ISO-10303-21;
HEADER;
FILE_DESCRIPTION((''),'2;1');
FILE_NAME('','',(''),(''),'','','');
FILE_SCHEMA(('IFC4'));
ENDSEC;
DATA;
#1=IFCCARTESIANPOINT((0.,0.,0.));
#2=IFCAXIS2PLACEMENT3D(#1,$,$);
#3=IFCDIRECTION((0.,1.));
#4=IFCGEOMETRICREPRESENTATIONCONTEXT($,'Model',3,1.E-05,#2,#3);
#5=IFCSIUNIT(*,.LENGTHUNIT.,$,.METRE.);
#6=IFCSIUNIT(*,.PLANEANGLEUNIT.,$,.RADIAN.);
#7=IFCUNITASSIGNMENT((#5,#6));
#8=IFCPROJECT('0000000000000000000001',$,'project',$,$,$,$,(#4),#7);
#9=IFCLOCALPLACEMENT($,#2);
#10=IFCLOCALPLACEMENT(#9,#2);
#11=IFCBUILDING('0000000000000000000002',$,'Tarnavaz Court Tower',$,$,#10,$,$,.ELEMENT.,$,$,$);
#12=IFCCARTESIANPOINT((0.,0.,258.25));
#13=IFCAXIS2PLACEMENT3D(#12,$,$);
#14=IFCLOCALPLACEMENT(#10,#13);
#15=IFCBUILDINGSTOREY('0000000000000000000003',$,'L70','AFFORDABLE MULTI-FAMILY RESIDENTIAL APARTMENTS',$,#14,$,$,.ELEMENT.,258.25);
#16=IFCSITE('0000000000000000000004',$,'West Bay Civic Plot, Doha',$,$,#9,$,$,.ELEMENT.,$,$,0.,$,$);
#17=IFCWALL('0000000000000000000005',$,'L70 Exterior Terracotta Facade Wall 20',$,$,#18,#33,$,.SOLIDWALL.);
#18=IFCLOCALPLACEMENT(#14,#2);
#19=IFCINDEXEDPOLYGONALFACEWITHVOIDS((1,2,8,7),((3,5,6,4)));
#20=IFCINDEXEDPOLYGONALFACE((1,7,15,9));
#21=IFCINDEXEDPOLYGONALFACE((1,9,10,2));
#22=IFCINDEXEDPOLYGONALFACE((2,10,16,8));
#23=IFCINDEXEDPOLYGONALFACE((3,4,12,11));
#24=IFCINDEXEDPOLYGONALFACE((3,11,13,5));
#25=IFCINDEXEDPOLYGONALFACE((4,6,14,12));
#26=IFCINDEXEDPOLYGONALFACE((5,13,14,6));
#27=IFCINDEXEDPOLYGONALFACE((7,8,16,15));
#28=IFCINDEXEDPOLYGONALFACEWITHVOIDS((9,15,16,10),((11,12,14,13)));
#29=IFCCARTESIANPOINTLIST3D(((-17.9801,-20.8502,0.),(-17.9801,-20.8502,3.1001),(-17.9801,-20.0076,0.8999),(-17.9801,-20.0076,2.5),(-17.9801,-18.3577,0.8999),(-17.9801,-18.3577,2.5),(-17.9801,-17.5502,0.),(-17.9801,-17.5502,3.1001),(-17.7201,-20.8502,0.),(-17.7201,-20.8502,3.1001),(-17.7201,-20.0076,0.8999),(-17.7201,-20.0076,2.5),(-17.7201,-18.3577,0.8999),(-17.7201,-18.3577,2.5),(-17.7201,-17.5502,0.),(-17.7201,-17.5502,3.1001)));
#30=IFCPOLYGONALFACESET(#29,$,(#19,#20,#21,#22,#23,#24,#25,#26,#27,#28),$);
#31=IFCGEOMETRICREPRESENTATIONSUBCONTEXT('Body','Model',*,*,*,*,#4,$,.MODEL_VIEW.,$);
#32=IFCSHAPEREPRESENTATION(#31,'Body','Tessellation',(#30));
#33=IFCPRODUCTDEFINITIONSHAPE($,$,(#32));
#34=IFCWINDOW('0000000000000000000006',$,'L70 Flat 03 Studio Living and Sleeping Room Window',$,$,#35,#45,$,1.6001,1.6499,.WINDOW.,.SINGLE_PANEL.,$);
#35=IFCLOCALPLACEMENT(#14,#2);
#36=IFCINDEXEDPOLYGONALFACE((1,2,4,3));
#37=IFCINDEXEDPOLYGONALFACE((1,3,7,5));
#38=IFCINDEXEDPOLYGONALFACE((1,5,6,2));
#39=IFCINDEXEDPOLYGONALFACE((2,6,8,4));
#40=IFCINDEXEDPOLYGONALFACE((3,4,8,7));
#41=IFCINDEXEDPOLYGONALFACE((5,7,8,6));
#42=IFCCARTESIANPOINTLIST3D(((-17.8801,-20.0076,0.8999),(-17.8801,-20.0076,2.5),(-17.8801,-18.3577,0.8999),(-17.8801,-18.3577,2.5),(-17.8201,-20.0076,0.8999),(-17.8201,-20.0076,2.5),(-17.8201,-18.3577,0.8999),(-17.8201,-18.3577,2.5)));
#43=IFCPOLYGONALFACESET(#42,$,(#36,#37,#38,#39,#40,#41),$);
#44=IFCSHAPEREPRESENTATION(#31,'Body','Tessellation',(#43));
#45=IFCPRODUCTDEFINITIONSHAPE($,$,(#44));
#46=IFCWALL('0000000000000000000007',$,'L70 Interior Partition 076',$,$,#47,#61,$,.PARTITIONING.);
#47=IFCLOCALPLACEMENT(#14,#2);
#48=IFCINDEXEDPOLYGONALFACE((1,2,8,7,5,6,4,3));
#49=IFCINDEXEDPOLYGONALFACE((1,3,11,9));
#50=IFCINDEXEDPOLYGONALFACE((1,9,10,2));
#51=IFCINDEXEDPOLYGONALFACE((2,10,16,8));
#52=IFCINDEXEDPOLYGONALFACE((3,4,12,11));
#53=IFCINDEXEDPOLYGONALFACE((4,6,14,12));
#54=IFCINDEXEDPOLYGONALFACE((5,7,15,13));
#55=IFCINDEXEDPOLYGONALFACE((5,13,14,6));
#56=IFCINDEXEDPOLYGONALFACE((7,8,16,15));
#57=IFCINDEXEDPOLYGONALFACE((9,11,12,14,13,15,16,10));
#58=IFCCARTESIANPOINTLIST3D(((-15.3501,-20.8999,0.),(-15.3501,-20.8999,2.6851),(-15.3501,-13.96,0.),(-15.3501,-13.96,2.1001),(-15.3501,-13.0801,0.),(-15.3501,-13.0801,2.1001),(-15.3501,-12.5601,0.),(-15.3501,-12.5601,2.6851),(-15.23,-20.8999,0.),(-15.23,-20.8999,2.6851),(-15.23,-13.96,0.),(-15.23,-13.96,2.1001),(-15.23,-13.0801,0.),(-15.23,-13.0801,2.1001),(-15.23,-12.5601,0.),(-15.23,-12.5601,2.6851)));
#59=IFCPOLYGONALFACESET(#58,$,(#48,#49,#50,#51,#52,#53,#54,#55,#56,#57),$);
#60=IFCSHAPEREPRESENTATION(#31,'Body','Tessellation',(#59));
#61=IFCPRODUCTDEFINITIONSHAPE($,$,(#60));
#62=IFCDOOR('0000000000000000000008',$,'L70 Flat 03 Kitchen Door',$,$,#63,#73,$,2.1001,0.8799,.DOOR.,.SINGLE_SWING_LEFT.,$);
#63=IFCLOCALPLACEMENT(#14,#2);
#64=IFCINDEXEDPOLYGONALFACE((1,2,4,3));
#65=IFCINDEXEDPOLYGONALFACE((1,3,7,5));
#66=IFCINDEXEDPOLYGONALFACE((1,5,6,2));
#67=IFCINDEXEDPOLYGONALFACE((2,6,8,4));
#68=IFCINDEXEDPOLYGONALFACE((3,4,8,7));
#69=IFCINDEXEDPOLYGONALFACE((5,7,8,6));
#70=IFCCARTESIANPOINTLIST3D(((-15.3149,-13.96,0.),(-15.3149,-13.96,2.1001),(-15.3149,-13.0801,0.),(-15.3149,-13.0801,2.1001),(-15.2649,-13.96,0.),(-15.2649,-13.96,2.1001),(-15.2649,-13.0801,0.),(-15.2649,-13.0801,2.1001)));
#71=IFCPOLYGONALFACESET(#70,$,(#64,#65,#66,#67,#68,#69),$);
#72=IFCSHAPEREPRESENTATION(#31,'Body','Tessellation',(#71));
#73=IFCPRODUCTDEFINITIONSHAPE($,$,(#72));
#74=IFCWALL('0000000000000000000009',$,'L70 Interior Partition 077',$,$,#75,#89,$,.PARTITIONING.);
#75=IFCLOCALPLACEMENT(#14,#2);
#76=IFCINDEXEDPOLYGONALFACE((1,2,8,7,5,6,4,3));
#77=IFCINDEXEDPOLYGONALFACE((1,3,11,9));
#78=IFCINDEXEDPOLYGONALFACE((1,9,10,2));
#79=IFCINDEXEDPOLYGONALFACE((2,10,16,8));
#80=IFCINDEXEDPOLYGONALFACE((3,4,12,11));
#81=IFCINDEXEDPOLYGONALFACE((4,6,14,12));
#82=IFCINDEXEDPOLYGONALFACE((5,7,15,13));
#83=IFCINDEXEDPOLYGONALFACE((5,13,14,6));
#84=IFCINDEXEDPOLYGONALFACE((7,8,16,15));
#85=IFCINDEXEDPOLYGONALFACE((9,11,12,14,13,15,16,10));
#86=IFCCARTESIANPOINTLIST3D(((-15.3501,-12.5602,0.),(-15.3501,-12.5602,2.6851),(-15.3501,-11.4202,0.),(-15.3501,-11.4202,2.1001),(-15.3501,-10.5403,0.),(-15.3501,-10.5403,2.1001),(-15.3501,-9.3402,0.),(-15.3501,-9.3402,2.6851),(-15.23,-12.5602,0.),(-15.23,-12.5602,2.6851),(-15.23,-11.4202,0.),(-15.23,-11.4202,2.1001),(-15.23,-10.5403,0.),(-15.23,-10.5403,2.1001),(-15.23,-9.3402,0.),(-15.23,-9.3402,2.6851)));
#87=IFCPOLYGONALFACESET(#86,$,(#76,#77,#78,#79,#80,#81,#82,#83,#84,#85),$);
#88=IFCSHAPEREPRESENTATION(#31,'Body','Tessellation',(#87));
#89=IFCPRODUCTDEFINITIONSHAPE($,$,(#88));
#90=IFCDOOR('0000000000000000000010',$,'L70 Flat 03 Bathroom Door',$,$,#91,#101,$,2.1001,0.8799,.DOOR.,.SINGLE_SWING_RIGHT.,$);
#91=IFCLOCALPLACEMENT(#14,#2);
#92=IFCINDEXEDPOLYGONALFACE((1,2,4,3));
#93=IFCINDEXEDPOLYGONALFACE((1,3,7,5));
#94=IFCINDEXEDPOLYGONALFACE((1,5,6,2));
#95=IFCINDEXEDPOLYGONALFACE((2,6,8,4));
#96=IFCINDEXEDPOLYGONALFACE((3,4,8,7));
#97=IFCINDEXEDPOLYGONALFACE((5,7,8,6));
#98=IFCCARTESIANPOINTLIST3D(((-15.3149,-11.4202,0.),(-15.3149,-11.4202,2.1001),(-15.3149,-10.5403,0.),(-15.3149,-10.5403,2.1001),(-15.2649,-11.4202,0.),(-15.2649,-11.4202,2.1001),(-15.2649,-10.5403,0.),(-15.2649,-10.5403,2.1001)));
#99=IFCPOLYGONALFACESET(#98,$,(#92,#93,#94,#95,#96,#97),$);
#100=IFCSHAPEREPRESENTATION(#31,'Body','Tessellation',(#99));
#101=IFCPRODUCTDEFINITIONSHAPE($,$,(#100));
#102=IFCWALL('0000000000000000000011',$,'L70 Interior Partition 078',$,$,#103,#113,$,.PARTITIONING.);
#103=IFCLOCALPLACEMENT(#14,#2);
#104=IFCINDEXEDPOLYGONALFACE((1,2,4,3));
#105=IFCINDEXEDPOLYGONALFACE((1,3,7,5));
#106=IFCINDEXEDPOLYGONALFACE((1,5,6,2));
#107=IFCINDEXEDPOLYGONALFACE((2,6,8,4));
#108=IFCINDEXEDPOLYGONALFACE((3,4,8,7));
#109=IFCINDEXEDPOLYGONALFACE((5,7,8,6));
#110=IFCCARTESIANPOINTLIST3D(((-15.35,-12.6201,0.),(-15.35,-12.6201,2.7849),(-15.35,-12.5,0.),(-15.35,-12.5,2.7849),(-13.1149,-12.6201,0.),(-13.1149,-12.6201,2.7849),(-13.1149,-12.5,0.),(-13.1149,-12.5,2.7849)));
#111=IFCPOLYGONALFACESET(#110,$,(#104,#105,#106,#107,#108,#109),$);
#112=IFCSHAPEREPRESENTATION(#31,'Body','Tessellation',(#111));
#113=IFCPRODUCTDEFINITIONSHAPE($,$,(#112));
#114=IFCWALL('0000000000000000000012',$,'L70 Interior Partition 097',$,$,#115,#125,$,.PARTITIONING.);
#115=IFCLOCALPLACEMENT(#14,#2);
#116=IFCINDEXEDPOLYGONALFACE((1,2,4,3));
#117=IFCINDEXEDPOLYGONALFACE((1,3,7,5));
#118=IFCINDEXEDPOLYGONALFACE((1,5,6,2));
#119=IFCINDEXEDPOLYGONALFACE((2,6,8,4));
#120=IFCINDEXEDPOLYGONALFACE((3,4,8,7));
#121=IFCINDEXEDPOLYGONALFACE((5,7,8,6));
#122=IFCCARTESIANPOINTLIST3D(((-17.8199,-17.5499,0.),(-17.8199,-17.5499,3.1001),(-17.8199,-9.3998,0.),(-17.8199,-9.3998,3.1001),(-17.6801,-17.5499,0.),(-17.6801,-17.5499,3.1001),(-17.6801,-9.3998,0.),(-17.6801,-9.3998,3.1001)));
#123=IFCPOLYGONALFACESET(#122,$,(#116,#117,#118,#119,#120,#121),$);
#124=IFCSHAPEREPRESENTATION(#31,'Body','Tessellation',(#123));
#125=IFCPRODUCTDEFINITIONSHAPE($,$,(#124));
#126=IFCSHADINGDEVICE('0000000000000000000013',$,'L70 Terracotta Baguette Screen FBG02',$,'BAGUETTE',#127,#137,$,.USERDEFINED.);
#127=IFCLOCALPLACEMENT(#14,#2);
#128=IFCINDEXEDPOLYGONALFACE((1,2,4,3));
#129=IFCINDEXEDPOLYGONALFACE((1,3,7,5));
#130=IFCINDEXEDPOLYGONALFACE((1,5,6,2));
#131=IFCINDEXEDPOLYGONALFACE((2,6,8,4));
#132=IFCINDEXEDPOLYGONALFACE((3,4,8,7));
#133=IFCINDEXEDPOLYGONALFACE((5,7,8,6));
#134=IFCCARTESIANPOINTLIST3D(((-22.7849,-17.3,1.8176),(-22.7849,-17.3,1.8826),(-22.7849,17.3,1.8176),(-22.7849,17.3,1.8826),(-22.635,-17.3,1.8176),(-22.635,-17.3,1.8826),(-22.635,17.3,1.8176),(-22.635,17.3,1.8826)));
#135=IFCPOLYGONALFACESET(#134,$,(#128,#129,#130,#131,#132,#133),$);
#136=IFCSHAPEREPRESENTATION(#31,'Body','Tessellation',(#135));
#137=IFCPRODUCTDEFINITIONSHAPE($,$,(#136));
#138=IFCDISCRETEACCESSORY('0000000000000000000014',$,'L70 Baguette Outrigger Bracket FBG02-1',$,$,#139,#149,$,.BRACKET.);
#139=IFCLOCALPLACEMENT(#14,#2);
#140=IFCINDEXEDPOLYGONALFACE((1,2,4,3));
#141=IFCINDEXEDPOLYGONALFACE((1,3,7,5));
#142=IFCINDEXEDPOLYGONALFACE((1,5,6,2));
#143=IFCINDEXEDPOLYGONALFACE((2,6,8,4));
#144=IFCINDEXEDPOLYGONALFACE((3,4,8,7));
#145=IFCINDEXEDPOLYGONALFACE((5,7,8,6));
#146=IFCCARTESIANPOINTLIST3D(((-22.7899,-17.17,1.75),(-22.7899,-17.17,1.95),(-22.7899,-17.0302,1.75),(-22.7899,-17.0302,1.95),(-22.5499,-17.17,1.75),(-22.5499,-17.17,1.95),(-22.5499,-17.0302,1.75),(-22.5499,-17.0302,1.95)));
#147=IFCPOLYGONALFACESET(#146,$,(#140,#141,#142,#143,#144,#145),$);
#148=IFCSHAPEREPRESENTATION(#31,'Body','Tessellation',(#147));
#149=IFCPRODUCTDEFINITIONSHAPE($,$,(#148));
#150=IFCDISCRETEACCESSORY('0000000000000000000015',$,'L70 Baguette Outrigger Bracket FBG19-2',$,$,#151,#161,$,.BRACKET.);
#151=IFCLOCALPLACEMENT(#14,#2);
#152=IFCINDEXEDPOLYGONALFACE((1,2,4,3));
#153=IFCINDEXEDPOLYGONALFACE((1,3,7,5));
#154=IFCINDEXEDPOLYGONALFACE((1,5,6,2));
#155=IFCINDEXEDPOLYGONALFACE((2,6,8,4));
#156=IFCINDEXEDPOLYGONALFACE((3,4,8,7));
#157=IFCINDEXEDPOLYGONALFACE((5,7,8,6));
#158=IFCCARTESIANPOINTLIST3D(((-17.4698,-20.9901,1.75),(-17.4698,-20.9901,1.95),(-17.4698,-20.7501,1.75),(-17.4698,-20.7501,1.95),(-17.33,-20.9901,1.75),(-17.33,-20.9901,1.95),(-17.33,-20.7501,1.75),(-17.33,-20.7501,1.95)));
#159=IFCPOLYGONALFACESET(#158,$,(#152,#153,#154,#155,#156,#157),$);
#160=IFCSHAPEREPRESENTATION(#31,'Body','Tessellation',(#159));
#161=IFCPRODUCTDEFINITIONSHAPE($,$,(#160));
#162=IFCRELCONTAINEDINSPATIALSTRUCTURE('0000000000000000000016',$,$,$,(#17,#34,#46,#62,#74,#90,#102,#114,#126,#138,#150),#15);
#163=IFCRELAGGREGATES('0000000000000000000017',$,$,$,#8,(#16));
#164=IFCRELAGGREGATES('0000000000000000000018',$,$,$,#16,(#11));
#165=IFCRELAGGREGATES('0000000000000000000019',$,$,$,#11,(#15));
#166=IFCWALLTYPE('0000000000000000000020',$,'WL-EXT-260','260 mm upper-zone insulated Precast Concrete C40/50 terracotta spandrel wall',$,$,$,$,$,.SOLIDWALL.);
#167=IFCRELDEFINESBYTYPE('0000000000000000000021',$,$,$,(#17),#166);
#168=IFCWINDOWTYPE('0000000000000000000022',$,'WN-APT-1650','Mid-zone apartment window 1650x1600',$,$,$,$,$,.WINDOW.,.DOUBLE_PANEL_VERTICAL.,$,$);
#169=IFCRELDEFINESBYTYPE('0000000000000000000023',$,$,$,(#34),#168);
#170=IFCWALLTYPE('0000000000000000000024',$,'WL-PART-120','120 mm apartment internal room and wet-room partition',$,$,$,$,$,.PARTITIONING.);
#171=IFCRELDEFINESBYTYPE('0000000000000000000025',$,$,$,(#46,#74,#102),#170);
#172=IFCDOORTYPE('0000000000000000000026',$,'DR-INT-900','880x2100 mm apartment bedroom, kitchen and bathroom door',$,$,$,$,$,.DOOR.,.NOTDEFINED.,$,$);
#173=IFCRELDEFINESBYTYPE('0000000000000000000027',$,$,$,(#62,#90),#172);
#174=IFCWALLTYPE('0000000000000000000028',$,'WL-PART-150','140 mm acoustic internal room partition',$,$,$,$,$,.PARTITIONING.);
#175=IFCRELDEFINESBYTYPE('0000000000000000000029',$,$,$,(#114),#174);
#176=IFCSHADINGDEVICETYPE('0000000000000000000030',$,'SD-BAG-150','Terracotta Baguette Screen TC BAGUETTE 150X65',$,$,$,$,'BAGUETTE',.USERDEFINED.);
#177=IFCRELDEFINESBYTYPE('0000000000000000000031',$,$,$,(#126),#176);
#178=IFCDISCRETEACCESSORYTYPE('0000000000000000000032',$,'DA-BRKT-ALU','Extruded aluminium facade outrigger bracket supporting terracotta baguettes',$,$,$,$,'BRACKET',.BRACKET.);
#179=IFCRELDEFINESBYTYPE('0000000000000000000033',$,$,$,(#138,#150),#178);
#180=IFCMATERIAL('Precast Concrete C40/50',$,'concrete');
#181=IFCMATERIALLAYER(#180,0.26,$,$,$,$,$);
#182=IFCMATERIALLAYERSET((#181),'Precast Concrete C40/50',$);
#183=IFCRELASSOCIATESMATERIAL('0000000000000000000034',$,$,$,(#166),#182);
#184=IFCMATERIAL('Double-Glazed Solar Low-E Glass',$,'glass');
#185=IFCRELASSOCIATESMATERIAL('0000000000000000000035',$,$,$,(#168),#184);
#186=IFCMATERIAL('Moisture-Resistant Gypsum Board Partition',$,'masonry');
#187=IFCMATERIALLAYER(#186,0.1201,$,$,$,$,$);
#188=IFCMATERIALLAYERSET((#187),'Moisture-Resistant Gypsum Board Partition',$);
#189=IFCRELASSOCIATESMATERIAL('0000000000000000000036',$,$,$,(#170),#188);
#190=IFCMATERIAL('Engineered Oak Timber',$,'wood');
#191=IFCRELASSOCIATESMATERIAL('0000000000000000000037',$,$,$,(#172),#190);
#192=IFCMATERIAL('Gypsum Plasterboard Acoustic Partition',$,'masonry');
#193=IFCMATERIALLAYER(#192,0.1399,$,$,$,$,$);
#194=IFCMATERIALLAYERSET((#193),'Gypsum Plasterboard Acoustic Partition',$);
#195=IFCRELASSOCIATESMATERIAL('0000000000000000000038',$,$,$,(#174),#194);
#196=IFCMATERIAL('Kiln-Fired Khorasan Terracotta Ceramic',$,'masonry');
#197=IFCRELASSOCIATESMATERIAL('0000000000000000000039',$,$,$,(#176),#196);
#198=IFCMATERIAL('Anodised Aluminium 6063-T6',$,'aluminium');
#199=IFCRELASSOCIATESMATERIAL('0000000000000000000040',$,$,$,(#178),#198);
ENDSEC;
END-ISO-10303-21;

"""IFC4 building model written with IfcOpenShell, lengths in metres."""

from ifc_helpers import new_model, si_unit, direction, frame, frame_2d, origin, origin_2d, place, context, subcontext, project, spatial, rectangle, extrude, material, layer, layer_set, material_profile, profile_set, type_object, element, fill, save


model = new_model("IFC4")

# Units and contexts
model_context = context("Model", 3, precision=1e-05, world=origin(), true_north=direction((0.0, 1.0)))
body_context = subcontext(model_context, "Body", "Model", "MODEL_VIEW")
ifc_project = project(units=[si_unit("LENGTHUNIT", "METRE"), si_unit("PLANEANGLEUNIT", "RADIAN")], contexts=[model_context])

# Site, building, storey
site_placement = place(None, origin())
site = spatial("IfcSite", under=ifc_project, at=site_placement, Name="West Bay Civic Plot, Doha", CompositionType="ELEMENT", RefElevation=0.0)
building_placement = place(site_placement, origin())
building = spatial("IfcBuilding", under=site, at=building_placement, Name="Tarnavaz Court Tower", CompositionType="ELEMENT")
storey_placement = place(building_placement, frame((0.0, 0.0, 258.25)))
storey = spatial("IfcBuildingStorey", under=building, at=storey_placement, Name="L70", Description="AFFORDABLE MULTI-FAMILY RESIDENTIAL APARTMENTS", CompositionType="ELEMENT", Elevation=258.25)

# Shared definitions
ifc_material_1 = material(Name="Precast Concrete C40/50", Category="concrete")
ifc_layer_1 = layer(ifc_material_1, 0.26)
ifc_layer_set_1 = layer_set([ifc_layer_1], Name="Precast Concrete C40/50")
wall_type_1 = type_object("IfcWallType", Name="WL-EXT-260", Description="260 mm upper-zone insulated Precast Concrete C40/50 terracotta spandrel wall", PredefinedType="SOLIDWALL", material=ifc_layer_set_1)
ifc_material_2 = material(Name="Double-Glazed Solar Low-E Glass", Category="glass")

# Wall, opening, window
wall_1_placement = place(storey_placement, frame((-17.8501, -20.8501, 0.0), z_axis=(0.0, 0.0, 1.0), x_axis=(0.0, 1.0, 0.0)))
wall_1 = element("IfcWall", 1, at=wall_1_placement, inside=storey, type_object=wall_type_1, Name="L70 Exterior Terracotta Facade Wall 20", PredefinedType="SOLIDWALL", context=body_context, shape_type="SweptSolid", body=[
    extrude(rectangle(XDim=3.3, YDim=0.26, at=frame_2d((1.6499, 0.0))), origin(), (0.0, 0.0, 1.0), 3.1001),
])
opening_1_placement = place(wall_1_placement, frame((0.8425, 0.0, 0.8999)))
opening_1 = element("IfcOpeningElement", 2, at=opening_1_placement, cuts=wall_1, PredefinedType="OPENING", context=body_context, shape_type="SweptSolid", body=[
    extrude(rectangle(XDim=1.6499, YDim=1.6001, at=frame_2d((0.825, 0.8))), frame((0.0, 0.1399, 0.0), z_axis=(0.0, -1.0, 0.0), x_axis=(1.0, 0.0, 0.0)), (0.0, 0.0, 1.0), 0.28),
])
window_type_1 = type_object("IfcWindowType", Name="WN-APT-1650", Description="Mid-zone apartment window 1650x1600", PartitioningType="DOUBLE_PANEL_VERTICAL", PredefinedType="WINDOW", material=ifc_material_2)
window_1_placement = place(opening_1_placement, origin())
window_1 = element("IfcWindow", 3, at=window_1_placement, inside=storey, type_object=window_type_1, Name="L70 Flat 03 Studio Living and Sleeping Room Window", OverallHeight=1.6001, OverallWidth=1.6499, PartitioningType="SINGLE_PANEL", PredefinedType="WINDOW", context=body_context, shape_type="SweptSolid", body=[
    extrude(rectangle(XDim=1.6499, YDim=1.6001, at=frame_2d((0.825, 0.8))), frame((0.0, 0.03, 0.0), z_axis=(0.0, -1.0, 0.0), x_axis=(1.0, 0.0, 0.0)), (0.0, 0.0, 1.0), 0.0601),
])
fill(opening_1, window_1)

# Walls, openings, doors
ifc_material_3 = material(Name="Moisture-Resistant Gypsum Board Partition", Category="masonry")
ifc_layer_2 = layer(ifc_material_3, 0.1201)
ifc_layer_set_2 = layer_set([ifc_layer_2], Name="Moisture-Resistant Gypsum Board Partition")
wall_type_2 = type_object("IfcWallType", Name="WL-PART-120", Description="120 mm apartment internal room and wet-room partition", PredefinedType="PARTITIONING", material=ifc_layer_set_2)
wall_2_placement = place(storey_placement, frame((-15.29, -20.8999, 0.0), z_axis=(0.0, 0.0, 1.0), x_axis=(0.0, 1.0, 0.0)))
wall_2 = element("IfcWall", 4, at=wall_2_placement, inside=storey, type_object=wall_type_2, Name="L70 Interior Partition 076", PredefinedType="PARTITIONING", context=body_context, shape_type="SweptSolid", body=[
    extrude(rectangle(XDim=8.3398, YDim=0.1201, at=frame_2d((4.1699, 0.0))), origin(), (0.0, 0.0, 1.0), 2.6851),
])
opening_2_placement = place(wall_2_placement, frame((6.9399, 0.0, 0.0)))
opening_2 = element("IfcOpeningElement", 5, at=opening_2_placement, cuts=wall_2, PredefinedType="OPENING", context=body_context, shape_type="SweptSolid", body=[
    extrude(rectangle(XDim=0.8799, YDim=2.1001, at=frame_2d((0.4399, 1.05))), frame((0.0, 0.0701, 0.0), z_axis=(0.0, -1.0, 0.0), x_axis=(1.0, 0.0, 0.0)), (0.0, 0.0, 1.0), 0.1401),
])
ifc_material_4 = material(Name="Engineered Oak Timber", Category="wood")
door_type = type_object("IfcDoorType", Name="DR-INT-900", Description="880x2100 mm apartment bedroom, kitchen and bathroom door", OperationType="NOTDEFINED", PredefinedType="DOOR", material=ifc_material_4)
door_1_placement = place(opening_2_placement, origin())
door_1 = element("IfcDoor", 6, at=door_1_placement, inside=storey, type_object=door_type, Name="L70 Flat 03 Kitchen Door", OperationType="SINGLE_SWING_LEFT", OverallHeight=2.1001, OverallWidth=0.8799, PredefinedType="DOOR", context=body_context, shape_type="SweptSolid", body=[
    extrude(rectangle(XDim=0.8799, YDim=2.1001, at=frame_2d((0.4399, 1.05))), frame((0.0, 0.0249, 0.0), z_axis=(0.0, -1.0, 0.0), x_axis=(1.0, 0.0, 0.0)), (0.0, 0.0, 1.0), 0.05),
])
fill(opening_2, door_1)
wall_3_placement = place(storey_placement, frame((-15.29, -12.5601, 0.0), z_axis=(0.0, 0.0, 1.0), x_axis=(0.0, 1.0, 0.0)))
wall_3 = element("IfcWall", 7, at=wall_3_placement, inside=storey, type_object=wall_type_2, Name="L70 Interior Partition 077", PredefinedType="PARTITIONING", context=body_context, shape_type="SweptSolid", body=[
    extrude(rectangle(XDim=3.22, YDim=0.1201, at=frame_2d((1.6099, 0.0))), origin(), (0.0, 0.0, 1.0), 2.6851),
])
opening_3_placement = place(wall_3_placement, frame((1.1399, 0.0, 0.0)))
opening_3 = element("IfcOpeningElement", 8, at=opening_3_placement, cuts=wall_3, PredefinedType="OPENING", context=body_context, shape_type="SweptSolid", body=[
    extrude(rectangle(XDim=0.8799, YDim=2.1001, at=frame_2d((0.4399, 1.05))), frame((0.0, 0.0701, 0.0), z_axis=(0.0, -1.0, 0.0), x_axis=(1.0, 0.0, 0.0)), (0.0, 0.0, 1.0), 0.1401),
])
door_2_placement = place(opening_3_placement, origin())
door_2 = element("IfcDoor", 9, at=door_2_placement, inside=storey, type_object=door_type, Name="L70 Flat 03 Bathroom Door", OperationType="SINGLE_SWING_RIGHT", OverallHeight=2.1001, OverallWidth=0.8799, PredefinedType="DOOR", context=body_context, shape_type="SweptSolid", body=[
    extrude(rectangle(XDim=0.8799, YDim=2.1001, at=frame_2d((0.4399, 1.05))), frame((0.0, 0.0249, 0.0), z_axis=(0.0, -1.0, 0.0), x_axis=(1.0, 0.0, 0.0)), (0.0, 0.0, 1.0), 0.05),
])
fill(opening_3, door_2)

# Walls
wall_4_placement = place(storey_placement, frame((-15.3501, -12.5601, 0.0), z_axis=(0.0, 0.0, 1.0), x_axis=(1.0, 0.0, 0.0)))
element("IfcWall", 10, at=wall_4_placement, inside=storey, type_object=wall_type_2, Name="L70 Interior Partition 078", PredefinedType="PARTITIONING", context=body_context, shape_type="SweptSolid", body=[
    extrude(rectangle(XDim=2.2351, YDim=0.1201, at=frame_2d((1.1177, 0.0))), origin(), (0.0, 0.0, 1.0), 2.7849),
])
ifc_material_5 = material(Name="Gypsum Plasterboard Acoustic Partition", Category="masonry")
ifc_layer_3 = layer(ifc_material_5, 0.1399)
ifc_layer_set_3 = layer_set([ifc_layer_3], Name="Gypsum Plasterboard Acoustic Partition")
wall_type_3 = type_object("IfcWallType", Name="WL-PART-150", Description="140 mm acoustic internal room partition", PredefinedType="PARTITIONING", material=ifc_layer_set_3)
wall_5_placement = place(storey_placement, frame((-17.75, -17.55, 0.0), z_axis=(0.0, 0.0, 1.0), x_axis=(0.0, 1.0, 0.0)))
element("IfcWall", 11, at=wall_5_placement, inside=storey, type_object=wall_type_3, Name="L70 Interior Partition 097", PredefinedType="PARTITIONING", context=body_context, shape_type="SweptSolid", body=[
    extrude(rectangle(XDim=8.1501, YDim=0.1399, at=frame_2d((4.0752, 0.0))), origin(), (0.0, 0.0, 1.0), 3.1001),
])

# Shading device
ifc_material_6 = material(Name="Kiln-Fired Khorasan Terracotta Ceramic", Category="masonry")
ifc_material_profile_1 = material_profile(ifc_material_6, rectangle(XDim=0.1499, YDim=0.0649, at=origin_2d()), Name="TC BAGUETTE 150X65")
ifc_profile_set_1 = profile_set([ifc_material_profile_1], Name="Kiln-Fired Khorasan Terracotta Ceramic")
shading_device_type = type_object("IfcShadingDeviceType", Name="SD-BAG-150", Description="Terracotta Baguette Screen TC BAGUETTE 150X65", ElementType="BAGUETTE", PredefinedType="USERDEFINED", material=ifc_profile_set_1)
shading_device_placement = place(storey_placement, frame((-22.71, -17.3, 1.8501), z_axis=(0.0, 1.0, 0.0), x_axis=(-1.0, 0.0, 0.0)))
element("IfcShadingDevice", 12, at=shading_device_placement, inside=storey, type_object=shading_device_type, Name="L70 Terracotta Baguette Screen FBG02", ObjectType="BAGUETTE", PredefinedType="USERDEFINED", context=body_context, shape_type="SweptSolid", body=[
    extrude(rectangle(XDim=0.1499, YDim=0.0649, at=origin_2d()), origin(), (0.0, 0.0, 1.0), 34.6001),
])

# Discrete accessories
ifc_material_7 = material(Name="Anodised Aluminium 6063-T6", Category="aluminium")
discrete_accessory_type = type_object("IfcDiscreteAccessoryType", Name="DA-BRKT-ALU", Description="Extruded aluminium facade outrigger bracket supporting terracotta baguettes", ElementType="BRACKET", PredefinedType="BRACKET", material=ifc_material_7)
for number, where, z_axis, x_axis, name in (
    (13, (-22.6699, -17.1001, 1.75), (0.0, 0.0, 1.0), (0.0, 1.0, 0.0), "L70 Baguette Outrigger Bracket FBG02-1"),
    (14, (-17.3999, -20.8701, 1.75), (0.0, 0.0, 1.0), (-1.0, 0.0, 0.0), "L70 Baguette Outrigger Bracket FBG19-2"),
):
    element("IfcDiscreteAccessory", number, at=place(storey_placement, frame(where, z_axis=z_axis, x_axis=x_axis)), inside=storey, type_object=discrete_accessory_type, Name=name, PredefinedType="BRACKET", context=body_context, shape_type="SweptSolid", body=[
        extrude(rectangle(XDim=0.1399, YDim=0.24, at=origin_2d()), origin(), (0.0, 0.0, 1.0), 0.2),
    ])

save(model, "model.ifc")
